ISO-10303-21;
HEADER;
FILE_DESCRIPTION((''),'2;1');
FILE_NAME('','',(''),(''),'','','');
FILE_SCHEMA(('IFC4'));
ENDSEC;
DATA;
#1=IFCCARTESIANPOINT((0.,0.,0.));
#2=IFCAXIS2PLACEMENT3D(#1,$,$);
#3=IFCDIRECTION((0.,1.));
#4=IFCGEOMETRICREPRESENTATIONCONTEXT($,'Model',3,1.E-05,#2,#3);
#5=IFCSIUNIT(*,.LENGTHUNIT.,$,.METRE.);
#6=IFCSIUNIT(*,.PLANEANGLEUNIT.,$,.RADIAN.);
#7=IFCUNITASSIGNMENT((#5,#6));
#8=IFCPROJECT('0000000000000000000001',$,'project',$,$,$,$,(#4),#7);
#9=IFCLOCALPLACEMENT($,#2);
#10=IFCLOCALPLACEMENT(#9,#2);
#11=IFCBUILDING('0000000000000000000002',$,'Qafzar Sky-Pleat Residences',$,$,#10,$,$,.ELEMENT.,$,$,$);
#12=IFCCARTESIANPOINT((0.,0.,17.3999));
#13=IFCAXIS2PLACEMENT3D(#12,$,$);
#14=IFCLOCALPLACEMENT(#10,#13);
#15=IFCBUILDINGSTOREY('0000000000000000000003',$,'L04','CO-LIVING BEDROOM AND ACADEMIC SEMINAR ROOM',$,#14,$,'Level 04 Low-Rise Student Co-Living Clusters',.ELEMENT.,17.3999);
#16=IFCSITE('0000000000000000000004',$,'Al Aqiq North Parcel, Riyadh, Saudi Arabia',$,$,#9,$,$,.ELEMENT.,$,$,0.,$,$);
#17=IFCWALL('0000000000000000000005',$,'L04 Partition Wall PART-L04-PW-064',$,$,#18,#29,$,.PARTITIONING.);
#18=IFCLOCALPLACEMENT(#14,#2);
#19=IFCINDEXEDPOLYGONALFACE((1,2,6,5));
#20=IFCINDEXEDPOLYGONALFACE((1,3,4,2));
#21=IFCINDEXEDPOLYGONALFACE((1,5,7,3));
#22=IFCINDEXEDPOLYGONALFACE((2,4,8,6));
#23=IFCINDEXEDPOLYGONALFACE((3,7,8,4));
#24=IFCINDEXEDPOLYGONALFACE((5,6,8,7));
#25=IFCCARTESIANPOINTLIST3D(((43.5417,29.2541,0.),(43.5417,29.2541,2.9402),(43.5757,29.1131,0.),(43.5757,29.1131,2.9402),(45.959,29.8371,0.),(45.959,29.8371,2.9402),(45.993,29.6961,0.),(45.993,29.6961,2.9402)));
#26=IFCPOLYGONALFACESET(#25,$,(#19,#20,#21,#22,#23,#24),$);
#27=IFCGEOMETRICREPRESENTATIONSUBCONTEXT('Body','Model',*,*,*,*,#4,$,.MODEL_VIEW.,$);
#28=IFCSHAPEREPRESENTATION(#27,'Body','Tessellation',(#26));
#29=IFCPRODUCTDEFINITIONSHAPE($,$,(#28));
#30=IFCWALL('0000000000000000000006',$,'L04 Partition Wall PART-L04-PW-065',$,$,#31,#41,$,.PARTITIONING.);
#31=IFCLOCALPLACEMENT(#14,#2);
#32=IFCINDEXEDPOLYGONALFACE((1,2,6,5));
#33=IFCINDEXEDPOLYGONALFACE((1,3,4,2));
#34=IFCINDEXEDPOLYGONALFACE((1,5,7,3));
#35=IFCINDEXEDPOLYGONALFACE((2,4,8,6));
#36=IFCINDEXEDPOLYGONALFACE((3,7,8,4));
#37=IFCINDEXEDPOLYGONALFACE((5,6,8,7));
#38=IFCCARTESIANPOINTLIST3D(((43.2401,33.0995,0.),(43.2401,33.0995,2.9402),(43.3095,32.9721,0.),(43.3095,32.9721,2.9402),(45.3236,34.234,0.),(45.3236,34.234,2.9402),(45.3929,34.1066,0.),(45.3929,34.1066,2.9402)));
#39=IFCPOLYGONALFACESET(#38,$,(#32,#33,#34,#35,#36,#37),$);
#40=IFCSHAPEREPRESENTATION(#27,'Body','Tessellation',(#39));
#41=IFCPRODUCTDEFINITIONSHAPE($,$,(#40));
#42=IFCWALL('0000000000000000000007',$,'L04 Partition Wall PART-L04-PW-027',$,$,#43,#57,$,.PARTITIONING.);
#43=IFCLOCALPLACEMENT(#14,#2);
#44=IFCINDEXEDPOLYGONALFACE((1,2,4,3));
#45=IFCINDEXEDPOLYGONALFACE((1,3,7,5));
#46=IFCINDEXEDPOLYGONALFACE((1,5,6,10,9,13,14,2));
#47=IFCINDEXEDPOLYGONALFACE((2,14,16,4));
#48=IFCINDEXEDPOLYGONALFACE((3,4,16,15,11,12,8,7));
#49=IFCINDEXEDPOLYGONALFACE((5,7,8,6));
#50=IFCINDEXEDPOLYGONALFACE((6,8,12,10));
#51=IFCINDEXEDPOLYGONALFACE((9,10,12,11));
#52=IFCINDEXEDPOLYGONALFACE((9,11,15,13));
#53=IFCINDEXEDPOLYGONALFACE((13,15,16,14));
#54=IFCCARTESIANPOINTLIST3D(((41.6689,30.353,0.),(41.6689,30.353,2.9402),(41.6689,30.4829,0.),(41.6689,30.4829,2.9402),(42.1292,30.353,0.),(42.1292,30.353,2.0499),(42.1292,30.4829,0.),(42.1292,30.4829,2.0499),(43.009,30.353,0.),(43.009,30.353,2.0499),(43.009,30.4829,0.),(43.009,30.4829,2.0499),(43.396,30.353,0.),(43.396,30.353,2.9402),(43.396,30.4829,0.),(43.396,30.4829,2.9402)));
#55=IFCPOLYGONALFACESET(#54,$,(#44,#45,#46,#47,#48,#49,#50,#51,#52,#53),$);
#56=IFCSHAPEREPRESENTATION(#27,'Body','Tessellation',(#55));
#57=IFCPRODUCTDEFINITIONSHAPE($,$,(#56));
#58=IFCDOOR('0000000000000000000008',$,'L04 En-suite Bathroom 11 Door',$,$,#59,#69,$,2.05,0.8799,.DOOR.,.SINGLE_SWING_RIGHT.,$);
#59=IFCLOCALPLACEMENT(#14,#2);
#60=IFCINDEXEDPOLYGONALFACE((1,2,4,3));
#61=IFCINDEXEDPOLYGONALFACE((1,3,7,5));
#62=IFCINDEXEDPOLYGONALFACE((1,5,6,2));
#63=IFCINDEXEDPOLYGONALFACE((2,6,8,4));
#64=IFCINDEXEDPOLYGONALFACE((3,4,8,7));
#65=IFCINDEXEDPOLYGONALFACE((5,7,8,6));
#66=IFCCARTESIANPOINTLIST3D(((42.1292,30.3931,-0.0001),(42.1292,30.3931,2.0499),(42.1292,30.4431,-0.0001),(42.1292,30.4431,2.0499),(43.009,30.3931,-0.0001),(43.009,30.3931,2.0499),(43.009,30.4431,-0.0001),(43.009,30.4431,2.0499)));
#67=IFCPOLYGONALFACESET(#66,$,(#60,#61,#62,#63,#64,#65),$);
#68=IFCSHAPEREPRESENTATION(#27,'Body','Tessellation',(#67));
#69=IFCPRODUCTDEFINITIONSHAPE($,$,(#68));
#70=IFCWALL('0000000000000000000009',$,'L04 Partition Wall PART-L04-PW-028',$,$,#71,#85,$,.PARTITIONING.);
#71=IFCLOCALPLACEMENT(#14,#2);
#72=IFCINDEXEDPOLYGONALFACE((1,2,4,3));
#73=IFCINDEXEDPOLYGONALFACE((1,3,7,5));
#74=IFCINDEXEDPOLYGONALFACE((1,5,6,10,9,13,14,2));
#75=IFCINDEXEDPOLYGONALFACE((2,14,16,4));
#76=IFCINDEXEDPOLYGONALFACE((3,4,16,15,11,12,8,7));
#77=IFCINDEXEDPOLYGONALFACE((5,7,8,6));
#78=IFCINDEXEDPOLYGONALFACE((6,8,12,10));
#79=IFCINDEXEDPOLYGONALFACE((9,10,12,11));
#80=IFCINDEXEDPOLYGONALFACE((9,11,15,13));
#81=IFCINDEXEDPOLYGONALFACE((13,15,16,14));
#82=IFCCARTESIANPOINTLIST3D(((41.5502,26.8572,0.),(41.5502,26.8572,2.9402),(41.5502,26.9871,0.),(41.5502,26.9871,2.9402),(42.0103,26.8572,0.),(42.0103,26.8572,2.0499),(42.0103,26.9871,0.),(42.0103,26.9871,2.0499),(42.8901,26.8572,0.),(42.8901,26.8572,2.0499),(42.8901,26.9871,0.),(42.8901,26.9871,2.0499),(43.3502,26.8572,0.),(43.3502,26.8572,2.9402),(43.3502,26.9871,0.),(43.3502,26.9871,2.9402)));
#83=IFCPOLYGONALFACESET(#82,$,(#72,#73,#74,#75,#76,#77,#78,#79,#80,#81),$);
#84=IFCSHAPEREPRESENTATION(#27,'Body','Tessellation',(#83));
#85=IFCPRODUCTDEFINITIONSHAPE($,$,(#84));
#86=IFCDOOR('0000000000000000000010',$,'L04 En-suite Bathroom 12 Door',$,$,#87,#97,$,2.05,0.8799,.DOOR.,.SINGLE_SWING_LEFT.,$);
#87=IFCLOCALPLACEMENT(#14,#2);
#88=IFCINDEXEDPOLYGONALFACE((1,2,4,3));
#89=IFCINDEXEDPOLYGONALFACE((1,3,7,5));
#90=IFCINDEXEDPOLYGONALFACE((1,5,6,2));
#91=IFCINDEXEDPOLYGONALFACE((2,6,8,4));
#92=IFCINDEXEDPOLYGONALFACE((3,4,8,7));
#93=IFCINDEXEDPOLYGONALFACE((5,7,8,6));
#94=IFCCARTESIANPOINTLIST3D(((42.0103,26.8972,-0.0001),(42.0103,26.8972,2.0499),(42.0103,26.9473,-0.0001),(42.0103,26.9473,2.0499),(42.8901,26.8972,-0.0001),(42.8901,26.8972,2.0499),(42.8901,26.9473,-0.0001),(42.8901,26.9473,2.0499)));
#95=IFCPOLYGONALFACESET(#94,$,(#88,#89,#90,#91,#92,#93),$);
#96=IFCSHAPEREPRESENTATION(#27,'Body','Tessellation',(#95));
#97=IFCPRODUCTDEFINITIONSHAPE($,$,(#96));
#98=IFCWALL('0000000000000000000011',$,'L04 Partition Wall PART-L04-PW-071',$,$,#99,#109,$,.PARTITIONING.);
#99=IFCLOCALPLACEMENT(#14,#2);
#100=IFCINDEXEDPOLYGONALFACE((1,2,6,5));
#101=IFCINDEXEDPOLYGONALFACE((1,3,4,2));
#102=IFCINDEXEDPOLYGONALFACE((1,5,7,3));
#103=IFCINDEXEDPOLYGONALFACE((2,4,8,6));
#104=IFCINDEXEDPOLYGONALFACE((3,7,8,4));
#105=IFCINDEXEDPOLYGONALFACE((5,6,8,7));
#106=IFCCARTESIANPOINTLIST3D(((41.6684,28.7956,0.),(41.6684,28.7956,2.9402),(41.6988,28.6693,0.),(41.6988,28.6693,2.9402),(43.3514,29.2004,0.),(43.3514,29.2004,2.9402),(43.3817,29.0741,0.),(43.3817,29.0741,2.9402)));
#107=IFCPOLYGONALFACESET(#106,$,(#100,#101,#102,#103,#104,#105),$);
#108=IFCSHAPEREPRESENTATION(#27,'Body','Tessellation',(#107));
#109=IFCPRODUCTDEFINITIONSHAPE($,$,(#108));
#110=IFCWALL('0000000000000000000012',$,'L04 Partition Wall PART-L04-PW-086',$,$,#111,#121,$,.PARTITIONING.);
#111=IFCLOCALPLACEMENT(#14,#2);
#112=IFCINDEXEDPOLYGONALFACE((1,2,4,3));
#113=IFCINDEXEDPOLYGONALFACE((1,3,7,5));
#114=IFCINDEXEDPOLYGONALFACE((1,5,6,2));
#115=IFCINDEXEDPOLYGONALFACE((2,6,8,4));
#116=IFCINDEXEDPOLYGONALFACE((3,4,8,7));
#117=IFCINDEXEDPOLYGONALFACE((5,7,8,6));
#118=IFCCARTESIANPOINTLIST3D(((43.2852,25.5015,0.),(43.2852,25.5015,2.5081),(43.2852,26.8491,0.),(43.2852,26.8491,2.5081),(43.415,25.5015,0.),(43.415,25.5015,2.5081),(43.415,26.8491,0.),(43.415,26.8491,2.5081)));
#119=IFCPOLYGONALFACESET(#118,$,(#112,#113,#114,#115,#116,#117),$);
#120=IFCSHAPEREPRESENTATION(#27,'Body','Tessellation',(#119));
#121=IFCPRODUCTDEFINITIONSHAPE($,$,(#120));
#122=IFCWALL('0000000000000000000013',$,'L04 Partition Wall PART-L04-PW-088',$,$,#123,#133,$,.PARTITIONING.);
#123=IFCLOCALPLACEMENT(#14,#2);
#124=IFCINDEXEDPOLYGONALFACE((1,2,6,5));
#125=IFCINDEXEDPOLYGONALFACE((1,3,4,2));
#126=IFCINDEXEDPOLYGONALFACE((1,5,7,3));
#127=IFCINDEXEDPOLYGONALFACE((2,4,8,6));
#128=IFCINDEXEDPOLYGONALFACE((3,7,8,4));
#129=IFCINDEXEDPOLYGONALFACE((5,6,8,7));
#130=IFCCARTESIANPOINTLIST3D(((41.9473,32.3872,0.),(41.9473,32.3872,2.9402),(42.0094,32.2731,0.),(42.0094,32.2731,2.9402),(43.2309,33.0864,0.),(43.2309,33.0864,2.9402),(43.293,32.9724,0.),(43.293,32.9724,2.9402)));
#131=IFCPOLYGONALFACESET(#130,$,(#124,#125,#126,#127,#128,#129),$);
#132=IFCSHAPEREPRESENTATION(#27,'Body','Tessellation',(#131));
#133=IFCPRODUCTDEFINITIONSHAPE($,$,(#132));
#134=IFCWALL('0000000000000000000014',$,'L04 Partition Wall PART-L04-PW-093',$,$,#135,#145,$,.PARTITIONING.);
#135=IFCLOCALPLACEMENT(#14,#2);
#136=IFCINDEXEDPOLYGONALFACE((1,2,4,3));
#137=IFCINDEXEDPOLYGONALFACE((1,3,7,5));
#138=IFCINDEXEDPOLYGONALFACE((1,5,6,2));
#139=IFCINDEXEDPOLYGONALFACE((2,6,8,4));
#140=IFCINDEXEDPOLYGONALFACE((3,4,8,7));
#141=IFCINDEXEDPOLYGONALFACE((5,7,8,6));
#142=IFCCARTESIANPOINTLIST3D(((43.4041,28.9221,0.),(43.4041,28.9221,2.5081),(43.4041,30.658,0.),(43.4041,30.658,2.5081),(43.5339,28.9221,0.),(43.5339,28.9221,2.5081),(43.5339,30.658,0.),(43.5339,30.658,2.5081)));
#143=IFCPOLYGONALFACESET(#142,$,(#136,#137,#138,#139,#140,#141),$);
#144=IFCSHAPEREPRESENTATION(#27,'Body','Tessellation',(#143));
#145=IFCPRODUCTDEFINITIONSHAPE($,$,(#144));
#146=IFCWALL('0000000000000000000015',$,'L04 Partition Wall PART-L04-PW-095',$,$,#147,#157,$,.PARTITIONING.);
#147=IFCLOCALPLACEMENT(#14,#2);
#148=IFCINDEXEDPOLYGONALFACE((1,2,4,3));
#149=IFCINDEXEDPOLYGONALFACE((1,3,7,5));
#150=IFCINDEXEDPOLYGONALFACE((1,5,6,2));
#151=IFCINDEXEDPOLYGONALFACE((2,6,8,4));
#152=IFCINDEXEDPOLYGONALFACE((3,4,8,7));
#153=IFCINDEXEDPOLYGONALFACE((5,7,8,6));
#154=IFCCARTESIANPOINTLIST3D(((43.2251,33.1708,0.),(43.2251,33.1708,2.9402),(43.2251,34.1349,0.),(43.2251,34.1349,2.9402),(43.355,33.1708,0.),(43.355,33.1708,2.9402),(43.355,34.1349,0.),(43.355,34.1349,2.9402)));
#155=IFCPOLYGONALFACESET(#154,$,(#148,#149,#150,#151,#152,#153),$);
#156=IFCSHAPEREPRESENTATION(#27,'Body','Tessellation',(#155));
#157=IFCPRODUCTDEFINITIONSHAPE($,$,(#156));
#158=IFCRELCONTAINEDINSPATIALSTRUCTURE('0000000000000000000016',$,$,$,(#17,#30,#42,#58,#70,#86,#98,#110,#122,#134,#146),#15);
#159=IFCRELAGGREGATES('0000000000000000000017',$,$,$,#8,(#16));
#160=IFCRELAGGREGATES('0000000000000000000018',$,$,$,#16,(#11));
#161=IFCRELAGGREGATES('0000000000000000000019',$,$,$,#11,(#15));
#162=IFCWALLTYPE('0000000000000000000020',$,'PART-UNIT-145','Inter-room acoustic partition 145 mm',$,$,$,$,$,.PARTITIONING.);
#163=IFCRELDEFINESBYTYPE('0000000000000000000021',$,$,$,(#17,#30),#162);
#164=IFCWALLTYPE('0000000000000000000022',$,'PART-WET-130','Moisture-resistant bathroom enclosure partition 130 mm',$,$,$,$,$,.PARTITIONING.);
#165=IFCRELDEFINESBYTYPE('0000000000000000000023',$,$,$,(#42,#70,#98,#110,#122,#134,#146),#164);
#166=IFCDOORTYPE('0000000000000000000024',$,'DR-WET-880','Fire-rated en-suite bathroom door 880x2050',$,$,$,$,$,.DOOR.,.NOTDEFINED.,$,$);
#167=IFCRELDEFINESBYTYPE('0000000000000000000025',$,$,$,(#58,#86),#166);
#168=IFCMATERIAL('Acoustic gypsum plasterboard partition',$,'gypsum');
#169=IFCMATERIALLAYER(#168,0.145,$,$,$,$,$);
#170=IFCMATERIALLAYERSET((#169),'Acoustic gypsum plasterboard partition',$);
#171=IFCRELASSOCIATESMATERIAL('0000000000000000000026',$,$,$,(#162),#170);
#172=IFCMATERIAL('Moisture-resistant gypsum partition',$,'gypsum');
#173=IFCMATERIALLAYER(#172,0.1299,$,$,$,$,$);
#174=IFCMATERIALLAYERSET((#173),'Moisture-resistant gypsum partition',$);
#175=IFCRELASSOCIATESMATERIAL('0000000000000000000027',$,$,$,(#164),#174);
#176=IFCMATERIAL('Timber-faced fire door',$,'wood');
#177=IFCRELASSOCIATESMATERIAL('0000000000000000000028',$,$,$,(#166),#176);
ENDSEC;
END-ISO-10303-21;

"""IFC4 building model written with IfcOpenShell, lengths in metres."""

from ifc_helpers import new_model, si_unit, direction, frame, frame_2d, origin, place, context, subcontext, project, spatial, rectangle, extrude, source, transform, mapped, material, layer, layer_set, type_object, element, fill, save


model = new_model("IFC4")

# Units and contexts
model_context = context("Model", 3, precision=1e-05, world=origin(), true_north=direction((0.0, 1.0)))
body_context = subcontext(model_context, "Body", "Model", "MODEL_VIEW")
ifc_project = project(units=[si_unit("LENGTHUNIT", "METRE"), si_unit("PLANEANGLEUNIT", "RADIAN")], contexts=[model_context])

# Site, building, storey
site_placement = place(None, origin())
site = spatial("IfcSite", under=ifc_project, at=site_placement, Name="Al Aqiq North Parcel, Riyadh, Saudi Arabia", CompositionType="ELEMENT", RefElevation=0.0)
building_placement = place(site_placement, origin())
building = spatial("IfcBuilding", under=site, at=building_placement, Name="Qafzar Sky-Pleat Residences", CompositionType="ELEMENT")
storey_placement = place(building_placement, frame((0.0, 0.0, 17.3999)))
storey = spatial("IfcBuildingStorey", under=building, at=storey_placement, Name="L04", Description="CO-LIVING BEDROOM AND ACADEMIC SEMINAR ROOM", LongName="Level 04 Low-Rise Student Co-Living Clusters", CompositionType="ELEMENT", Elevation=17.3999)

# Walls
ifc_material_1 = material(Name="Acoustic gypsum plasterboard partition", Category="gypsum")
ifc_layer_1 = layer(ifc_material_1, 0.145)
ifc_layer_set_1 = layer_set([ifc_layer_1], Name="Acoustic gypsum plasterboard partition")
wall_type_1 = type_object("IfcWallType", Name="PART-UNIT-145", Description="Inter-room acoustic partition 145 mm", PredefinedType="PARTITIONING", material=ifc_layer_set_1)
wall_1_placement = place(storey_placement, frame((43.5588, 29.1836, 0.0), z_axis=(0.0, 0.0, 1.0), x_axis=(0.972125, 0.234465, 0.0)))
element("IfcWall", 1, at=wall_1_placement, inside=storey, type_object=wall_type_1, Name="L04 Partition Wall PART-L04-PW-064", PredefinedType="PARTITIONING", context=body_context, shape_type="SweptSolid", body=[
    extrude(rectangle(XDim=2.4866, YDim=0.145, at=frame_2d((1.2432, 0.0))), origin(), (0.0, 0.0, 1.0), 2.9402),
])
wall_2_placement = place(storey_placement, frame((43.2749, 33.0359, 0.0), z_axis=(0.0, 0.0, 1.0), x_axis=(0.878238, 0.478225, 0.0)))
element("IfcWall", 2, at=wall_2_placement, inside=storey, type_object=wall_type_1, Name="L04 Partition Wall PART-L04-PW-065", PredefinedType="PARTITIONING", context=body_context, shape_type="SweptSolid", body=[
    extrude(rectangle(XDim=2.3723, YDim=0.145, at=frame_2d((1.186, 0.0))), origin(), (0.0, 0.0, 1.0), 2.9402),
])

# Walls, openings, doors
ifc_material_2 = material(Name="Moisture-resistant gypsum partition", Category="gypsum")
ifc_layer_2 = layer(ifc_material_2, 0.1299)
ifc_layer_set_2 = layer_set([ifc_layer_2], Name="Moisture-resistant gypsum partition")
wall_type_2 = type_object("IfcWallType", Name="PART-WET-130", Description="Moisture-resistant bathroom enclosure partition 130 mm", PredefinedType="PARTITIONING", material=ifc_layer_set_2)
wall_3_placement = place(storey_placement, frame((43.396, 30.418, 0.0), z_axis=(0.0, 0.0, 1.0), x_axis=(-1.0, 0.0, 0.0)))
wall_3 = element("IfcWall", 3, at=wall_3_placement, inside=storey, type_object=wall_type_2, Name="L04 Partition Wall PART-L04-PW-027", PredefinedType="PARTITIONING", context=body_context, shape_type="SweptSolid", body=[
    extrude(rectangle(XDim=1.7271, YDim=0.1299, at=frame_2d((0.8635, 0.0))), origin(), (0.0, 0.0, 1.0), 2.9402),
])
opening_1_placement = place(wall_3_placement, frame((0.387, 0.0, 0.0)))
opening_1 = element("IfcOpeningElement", 4, at=opening_1_placement, cuts=wall_3, PredefinedType="OPENING", context=body_context, shape_type="SweptSolid", body=[
    extrude(rectangle(XDim=0.8799, YDim=2.05, at=frame_2d((0.4399, 1.0249))), frame((0.0, 0.075, 0.0), z_axis=(0.0, -1.0, 0.0), x_axis=(1.0, 0.0, 0.0)), (0.0, 0.0, 1.0), 0.1499),
])
ifc_material_3 = material(Name="Timber-faced fire door", Category="wood")
door_type = type_object("IfcDoorType", Name="DR-WET-880", Description="Fire-rated en-suite bathroom door 880x2050", OperationType="NOTDEFINED", PredefinedType="DOOR", material=ifc_material_3)
shared_shape_1 = source(origin(), body_context, "Body", "SweptSolid", [
    extrude(rectangle(XDim=0.8799, YDim=2.05, at=frame_2d((0.4399, 1.0249))), frame((0.0, 0.0249, 0.0), z_axis=(0.0, -1.0, 0.0), x_axis=(1.0, 0.0, 0.0)), (0.0, 0.0, 1.0), 0.05),
])
door_1_placement = place(opening_1_placement, origin())
door_1 = element("IfcDoor", 5, at=door_1_placement, inside=storey, type_object=door_type, Name="L04 En-suite Bathroom 11 Door", OperationType="SINGLE_SWING_RIGHT", OverallHeight=2.05, OverallWidth=0.8799, PredefinedType="DOOR", context=body_context, shape_type="MappedRepresentation", body=[
    mapped(shared_shape_1, transform((0.0, 0.0, 0.0), x_axis=(1.0, 0.0, 0.0), y_axis=(0.0, 1.0, 0.0), z_axis=(0.0, 0.0, 1.0), scale=1.0)),
])
fill(opening_1, door_1)
wall_4_placement = place(storey_placement, frame((43.3501, 26.9221, 0.0), z_axis=(0.0, 0.0, 1.0), x_axis=(-1.0, 0.0, 0.0)))
wall_4 = element("IfcWall", 6, at=wall_4_placement, inside=storey, type_object=wall_type_2, Name="L04 Partition Wall PART-L04-PW-028", PredefinedType="PARTITIONING", context=body_context, shape_type="SweptSolid", body=[
    extrude(rectangle(XDim=1.8, YDim=0.1299, at=frame_2d((0.8999, 0.0))), origin(), (0.0, 0.0, 1.0), 2.9402),
])
opening_2_placement = place(wall_4_placement, frame((0.46, 0.0, 0.0)))
opening_2 = element("IfcOpeningElement", 7, at=opening_2_placement, cuts=wall_4, PredefinedType="OPENING", context=body_context, shape_type="SweptSolid", body=[
    extrude(rectangle(XDim=0.8799, YDim=2.05, at=frame_2d((0.4399, 1.0249))), frame((0.0, 0.075, 0.0), z_axis=(0.0, -1.0, 0.0), x_axis=(1.0, 0.0, 0.0)), (0.0, 0.0, 1.0), 0.1499),
])
door_2_placement = place(opening_2_placement, origin())
door_2 = element("IfcDoor", 8, at=door_2_placement, inside=storey, type_object=door_type, Name="L04 En-suite Bathroom 12 Door", OperationType="SINGLE_SWING_LEFT", OverallHeight=2.05, OverallWidth=0.8799, PredefinedType="DOOR", context=body_context, shape_type="MappedRepresentation", body=[
    mapped(shared_shape_1, transform((0.0, 0.0, 0.0), x_axis=(1.0, 0.0, 0.0), y_axis=(0.0, 1.0, 0.0), z_axis=(0.0, 0.0, 1.0), scale=1.0)),
])
fill(opening_2, door_2)

# Walls
wall_5_placement = place(storey_placement, frame((41.6836, 28.7324, 0.0), z_axis=(0.0, 0.0, 1.0), x_axis=(0.972269, 0.233864, 0.0)))
element("IfcWall", 9, at=wall_5_placement, inside=storey, type_object=wall_type_2, Name="L04 Partition Wall PART-L04-PW-071", PredefinedType="PARTITIONING", context=body_context, shape_type="SweptSolid", body=[
    extrude(rectangle(XDim=1.731, YDim=0.1299, at=frame_2d((0.8655, 0.0))), origin(), (0.0, 0.0, 1.0), 2.9402),
])
wall_6_placement = place(storey_placement, frame((43.3501, 25.5015, 0.0), z_axis=(0.0, 0.0, 1.0), x_axis=(0.0, 1.0, 0.0)))
element("IfcWall", 10, at=wall_6_placement, inside=storey, type_object=wall_type_2, Name="L04 Partition Wall PART-L04-PW-086", PredefinedType="PARTITIONING", context=body_context, shape_type="SweptSolid", body=[
    extrude(rectangle(XDim=1.3477, YDim=0.1299, at=frame_2d((0.6738, 0.0))), origin(), (0.0, 0.0, 1.0), 2.5081),
])
wall_7_placement = place(storey_placement, frame((41.9783, 32.3301, 0.0), z_axis=(0.0, 0.0, 1.0), x_axis=(0.878138, 0.478407, 0.0)))
element("IfcWall", 11, at=wall_7_placement, inside=storey, type_object=wall_type_2, Name="L04 Partition Wall PART-L04-PW-088", PredefinedType="PARTITIONING", context=body_context, shape_type="SweptSolid", body=[
    extrude(rectangle(XDim=1.4617, YDim=0.1299, at=frame_2d((0.731, 0.0))), origin(), (0.0, 0.0, 1.0), 2.9402),
])
wall_8_placement = place(storey_placement, frame((43.469, 28.9221, 0.0), z_axis=(0.0, 0.0, 1.0), x_axis=(0.0, 1.0, 0.0)))
element("IfcWall", 12, at=wall_8_placement, inside=storey, type_object=wall_type_2, Name="L04 Partition Wall PART-L04-PW-093", PredefinedType="PARTITIONING", context=body_context, shape_type="SweptSolid", body=[
    extrude(rectangle(XDim=1.7358, YDim=0.1299, at=frame_2d((0.8679, 0.0))), origin(), (0.0, 0.0, 1.0), 2.5081),
])
wall_9_placement = place(storey_placement, frame((43.29, 33.1709, 0.0), z_axis=(0.0, 0.0, 1.0), x_axis=(0.0, 1.0, 0.0)))
element("IfcWall", 13, at=wall_9_placement, inside=storey, type_object=wall_type_2, Name="L04 Partition Wall PART-L04-PW-095", PredefinedType="PARTITIONING", context=body_context, shape_type="SweptSolid", body=[
    extrude(rectangle(XDim=0.9641, YDim=0.1299, at=frame_2d((0.4819, 0.0))), origin(), (0.0, 0.0, 1.0), 2.9402),
])

save(model, "model.ifc")
